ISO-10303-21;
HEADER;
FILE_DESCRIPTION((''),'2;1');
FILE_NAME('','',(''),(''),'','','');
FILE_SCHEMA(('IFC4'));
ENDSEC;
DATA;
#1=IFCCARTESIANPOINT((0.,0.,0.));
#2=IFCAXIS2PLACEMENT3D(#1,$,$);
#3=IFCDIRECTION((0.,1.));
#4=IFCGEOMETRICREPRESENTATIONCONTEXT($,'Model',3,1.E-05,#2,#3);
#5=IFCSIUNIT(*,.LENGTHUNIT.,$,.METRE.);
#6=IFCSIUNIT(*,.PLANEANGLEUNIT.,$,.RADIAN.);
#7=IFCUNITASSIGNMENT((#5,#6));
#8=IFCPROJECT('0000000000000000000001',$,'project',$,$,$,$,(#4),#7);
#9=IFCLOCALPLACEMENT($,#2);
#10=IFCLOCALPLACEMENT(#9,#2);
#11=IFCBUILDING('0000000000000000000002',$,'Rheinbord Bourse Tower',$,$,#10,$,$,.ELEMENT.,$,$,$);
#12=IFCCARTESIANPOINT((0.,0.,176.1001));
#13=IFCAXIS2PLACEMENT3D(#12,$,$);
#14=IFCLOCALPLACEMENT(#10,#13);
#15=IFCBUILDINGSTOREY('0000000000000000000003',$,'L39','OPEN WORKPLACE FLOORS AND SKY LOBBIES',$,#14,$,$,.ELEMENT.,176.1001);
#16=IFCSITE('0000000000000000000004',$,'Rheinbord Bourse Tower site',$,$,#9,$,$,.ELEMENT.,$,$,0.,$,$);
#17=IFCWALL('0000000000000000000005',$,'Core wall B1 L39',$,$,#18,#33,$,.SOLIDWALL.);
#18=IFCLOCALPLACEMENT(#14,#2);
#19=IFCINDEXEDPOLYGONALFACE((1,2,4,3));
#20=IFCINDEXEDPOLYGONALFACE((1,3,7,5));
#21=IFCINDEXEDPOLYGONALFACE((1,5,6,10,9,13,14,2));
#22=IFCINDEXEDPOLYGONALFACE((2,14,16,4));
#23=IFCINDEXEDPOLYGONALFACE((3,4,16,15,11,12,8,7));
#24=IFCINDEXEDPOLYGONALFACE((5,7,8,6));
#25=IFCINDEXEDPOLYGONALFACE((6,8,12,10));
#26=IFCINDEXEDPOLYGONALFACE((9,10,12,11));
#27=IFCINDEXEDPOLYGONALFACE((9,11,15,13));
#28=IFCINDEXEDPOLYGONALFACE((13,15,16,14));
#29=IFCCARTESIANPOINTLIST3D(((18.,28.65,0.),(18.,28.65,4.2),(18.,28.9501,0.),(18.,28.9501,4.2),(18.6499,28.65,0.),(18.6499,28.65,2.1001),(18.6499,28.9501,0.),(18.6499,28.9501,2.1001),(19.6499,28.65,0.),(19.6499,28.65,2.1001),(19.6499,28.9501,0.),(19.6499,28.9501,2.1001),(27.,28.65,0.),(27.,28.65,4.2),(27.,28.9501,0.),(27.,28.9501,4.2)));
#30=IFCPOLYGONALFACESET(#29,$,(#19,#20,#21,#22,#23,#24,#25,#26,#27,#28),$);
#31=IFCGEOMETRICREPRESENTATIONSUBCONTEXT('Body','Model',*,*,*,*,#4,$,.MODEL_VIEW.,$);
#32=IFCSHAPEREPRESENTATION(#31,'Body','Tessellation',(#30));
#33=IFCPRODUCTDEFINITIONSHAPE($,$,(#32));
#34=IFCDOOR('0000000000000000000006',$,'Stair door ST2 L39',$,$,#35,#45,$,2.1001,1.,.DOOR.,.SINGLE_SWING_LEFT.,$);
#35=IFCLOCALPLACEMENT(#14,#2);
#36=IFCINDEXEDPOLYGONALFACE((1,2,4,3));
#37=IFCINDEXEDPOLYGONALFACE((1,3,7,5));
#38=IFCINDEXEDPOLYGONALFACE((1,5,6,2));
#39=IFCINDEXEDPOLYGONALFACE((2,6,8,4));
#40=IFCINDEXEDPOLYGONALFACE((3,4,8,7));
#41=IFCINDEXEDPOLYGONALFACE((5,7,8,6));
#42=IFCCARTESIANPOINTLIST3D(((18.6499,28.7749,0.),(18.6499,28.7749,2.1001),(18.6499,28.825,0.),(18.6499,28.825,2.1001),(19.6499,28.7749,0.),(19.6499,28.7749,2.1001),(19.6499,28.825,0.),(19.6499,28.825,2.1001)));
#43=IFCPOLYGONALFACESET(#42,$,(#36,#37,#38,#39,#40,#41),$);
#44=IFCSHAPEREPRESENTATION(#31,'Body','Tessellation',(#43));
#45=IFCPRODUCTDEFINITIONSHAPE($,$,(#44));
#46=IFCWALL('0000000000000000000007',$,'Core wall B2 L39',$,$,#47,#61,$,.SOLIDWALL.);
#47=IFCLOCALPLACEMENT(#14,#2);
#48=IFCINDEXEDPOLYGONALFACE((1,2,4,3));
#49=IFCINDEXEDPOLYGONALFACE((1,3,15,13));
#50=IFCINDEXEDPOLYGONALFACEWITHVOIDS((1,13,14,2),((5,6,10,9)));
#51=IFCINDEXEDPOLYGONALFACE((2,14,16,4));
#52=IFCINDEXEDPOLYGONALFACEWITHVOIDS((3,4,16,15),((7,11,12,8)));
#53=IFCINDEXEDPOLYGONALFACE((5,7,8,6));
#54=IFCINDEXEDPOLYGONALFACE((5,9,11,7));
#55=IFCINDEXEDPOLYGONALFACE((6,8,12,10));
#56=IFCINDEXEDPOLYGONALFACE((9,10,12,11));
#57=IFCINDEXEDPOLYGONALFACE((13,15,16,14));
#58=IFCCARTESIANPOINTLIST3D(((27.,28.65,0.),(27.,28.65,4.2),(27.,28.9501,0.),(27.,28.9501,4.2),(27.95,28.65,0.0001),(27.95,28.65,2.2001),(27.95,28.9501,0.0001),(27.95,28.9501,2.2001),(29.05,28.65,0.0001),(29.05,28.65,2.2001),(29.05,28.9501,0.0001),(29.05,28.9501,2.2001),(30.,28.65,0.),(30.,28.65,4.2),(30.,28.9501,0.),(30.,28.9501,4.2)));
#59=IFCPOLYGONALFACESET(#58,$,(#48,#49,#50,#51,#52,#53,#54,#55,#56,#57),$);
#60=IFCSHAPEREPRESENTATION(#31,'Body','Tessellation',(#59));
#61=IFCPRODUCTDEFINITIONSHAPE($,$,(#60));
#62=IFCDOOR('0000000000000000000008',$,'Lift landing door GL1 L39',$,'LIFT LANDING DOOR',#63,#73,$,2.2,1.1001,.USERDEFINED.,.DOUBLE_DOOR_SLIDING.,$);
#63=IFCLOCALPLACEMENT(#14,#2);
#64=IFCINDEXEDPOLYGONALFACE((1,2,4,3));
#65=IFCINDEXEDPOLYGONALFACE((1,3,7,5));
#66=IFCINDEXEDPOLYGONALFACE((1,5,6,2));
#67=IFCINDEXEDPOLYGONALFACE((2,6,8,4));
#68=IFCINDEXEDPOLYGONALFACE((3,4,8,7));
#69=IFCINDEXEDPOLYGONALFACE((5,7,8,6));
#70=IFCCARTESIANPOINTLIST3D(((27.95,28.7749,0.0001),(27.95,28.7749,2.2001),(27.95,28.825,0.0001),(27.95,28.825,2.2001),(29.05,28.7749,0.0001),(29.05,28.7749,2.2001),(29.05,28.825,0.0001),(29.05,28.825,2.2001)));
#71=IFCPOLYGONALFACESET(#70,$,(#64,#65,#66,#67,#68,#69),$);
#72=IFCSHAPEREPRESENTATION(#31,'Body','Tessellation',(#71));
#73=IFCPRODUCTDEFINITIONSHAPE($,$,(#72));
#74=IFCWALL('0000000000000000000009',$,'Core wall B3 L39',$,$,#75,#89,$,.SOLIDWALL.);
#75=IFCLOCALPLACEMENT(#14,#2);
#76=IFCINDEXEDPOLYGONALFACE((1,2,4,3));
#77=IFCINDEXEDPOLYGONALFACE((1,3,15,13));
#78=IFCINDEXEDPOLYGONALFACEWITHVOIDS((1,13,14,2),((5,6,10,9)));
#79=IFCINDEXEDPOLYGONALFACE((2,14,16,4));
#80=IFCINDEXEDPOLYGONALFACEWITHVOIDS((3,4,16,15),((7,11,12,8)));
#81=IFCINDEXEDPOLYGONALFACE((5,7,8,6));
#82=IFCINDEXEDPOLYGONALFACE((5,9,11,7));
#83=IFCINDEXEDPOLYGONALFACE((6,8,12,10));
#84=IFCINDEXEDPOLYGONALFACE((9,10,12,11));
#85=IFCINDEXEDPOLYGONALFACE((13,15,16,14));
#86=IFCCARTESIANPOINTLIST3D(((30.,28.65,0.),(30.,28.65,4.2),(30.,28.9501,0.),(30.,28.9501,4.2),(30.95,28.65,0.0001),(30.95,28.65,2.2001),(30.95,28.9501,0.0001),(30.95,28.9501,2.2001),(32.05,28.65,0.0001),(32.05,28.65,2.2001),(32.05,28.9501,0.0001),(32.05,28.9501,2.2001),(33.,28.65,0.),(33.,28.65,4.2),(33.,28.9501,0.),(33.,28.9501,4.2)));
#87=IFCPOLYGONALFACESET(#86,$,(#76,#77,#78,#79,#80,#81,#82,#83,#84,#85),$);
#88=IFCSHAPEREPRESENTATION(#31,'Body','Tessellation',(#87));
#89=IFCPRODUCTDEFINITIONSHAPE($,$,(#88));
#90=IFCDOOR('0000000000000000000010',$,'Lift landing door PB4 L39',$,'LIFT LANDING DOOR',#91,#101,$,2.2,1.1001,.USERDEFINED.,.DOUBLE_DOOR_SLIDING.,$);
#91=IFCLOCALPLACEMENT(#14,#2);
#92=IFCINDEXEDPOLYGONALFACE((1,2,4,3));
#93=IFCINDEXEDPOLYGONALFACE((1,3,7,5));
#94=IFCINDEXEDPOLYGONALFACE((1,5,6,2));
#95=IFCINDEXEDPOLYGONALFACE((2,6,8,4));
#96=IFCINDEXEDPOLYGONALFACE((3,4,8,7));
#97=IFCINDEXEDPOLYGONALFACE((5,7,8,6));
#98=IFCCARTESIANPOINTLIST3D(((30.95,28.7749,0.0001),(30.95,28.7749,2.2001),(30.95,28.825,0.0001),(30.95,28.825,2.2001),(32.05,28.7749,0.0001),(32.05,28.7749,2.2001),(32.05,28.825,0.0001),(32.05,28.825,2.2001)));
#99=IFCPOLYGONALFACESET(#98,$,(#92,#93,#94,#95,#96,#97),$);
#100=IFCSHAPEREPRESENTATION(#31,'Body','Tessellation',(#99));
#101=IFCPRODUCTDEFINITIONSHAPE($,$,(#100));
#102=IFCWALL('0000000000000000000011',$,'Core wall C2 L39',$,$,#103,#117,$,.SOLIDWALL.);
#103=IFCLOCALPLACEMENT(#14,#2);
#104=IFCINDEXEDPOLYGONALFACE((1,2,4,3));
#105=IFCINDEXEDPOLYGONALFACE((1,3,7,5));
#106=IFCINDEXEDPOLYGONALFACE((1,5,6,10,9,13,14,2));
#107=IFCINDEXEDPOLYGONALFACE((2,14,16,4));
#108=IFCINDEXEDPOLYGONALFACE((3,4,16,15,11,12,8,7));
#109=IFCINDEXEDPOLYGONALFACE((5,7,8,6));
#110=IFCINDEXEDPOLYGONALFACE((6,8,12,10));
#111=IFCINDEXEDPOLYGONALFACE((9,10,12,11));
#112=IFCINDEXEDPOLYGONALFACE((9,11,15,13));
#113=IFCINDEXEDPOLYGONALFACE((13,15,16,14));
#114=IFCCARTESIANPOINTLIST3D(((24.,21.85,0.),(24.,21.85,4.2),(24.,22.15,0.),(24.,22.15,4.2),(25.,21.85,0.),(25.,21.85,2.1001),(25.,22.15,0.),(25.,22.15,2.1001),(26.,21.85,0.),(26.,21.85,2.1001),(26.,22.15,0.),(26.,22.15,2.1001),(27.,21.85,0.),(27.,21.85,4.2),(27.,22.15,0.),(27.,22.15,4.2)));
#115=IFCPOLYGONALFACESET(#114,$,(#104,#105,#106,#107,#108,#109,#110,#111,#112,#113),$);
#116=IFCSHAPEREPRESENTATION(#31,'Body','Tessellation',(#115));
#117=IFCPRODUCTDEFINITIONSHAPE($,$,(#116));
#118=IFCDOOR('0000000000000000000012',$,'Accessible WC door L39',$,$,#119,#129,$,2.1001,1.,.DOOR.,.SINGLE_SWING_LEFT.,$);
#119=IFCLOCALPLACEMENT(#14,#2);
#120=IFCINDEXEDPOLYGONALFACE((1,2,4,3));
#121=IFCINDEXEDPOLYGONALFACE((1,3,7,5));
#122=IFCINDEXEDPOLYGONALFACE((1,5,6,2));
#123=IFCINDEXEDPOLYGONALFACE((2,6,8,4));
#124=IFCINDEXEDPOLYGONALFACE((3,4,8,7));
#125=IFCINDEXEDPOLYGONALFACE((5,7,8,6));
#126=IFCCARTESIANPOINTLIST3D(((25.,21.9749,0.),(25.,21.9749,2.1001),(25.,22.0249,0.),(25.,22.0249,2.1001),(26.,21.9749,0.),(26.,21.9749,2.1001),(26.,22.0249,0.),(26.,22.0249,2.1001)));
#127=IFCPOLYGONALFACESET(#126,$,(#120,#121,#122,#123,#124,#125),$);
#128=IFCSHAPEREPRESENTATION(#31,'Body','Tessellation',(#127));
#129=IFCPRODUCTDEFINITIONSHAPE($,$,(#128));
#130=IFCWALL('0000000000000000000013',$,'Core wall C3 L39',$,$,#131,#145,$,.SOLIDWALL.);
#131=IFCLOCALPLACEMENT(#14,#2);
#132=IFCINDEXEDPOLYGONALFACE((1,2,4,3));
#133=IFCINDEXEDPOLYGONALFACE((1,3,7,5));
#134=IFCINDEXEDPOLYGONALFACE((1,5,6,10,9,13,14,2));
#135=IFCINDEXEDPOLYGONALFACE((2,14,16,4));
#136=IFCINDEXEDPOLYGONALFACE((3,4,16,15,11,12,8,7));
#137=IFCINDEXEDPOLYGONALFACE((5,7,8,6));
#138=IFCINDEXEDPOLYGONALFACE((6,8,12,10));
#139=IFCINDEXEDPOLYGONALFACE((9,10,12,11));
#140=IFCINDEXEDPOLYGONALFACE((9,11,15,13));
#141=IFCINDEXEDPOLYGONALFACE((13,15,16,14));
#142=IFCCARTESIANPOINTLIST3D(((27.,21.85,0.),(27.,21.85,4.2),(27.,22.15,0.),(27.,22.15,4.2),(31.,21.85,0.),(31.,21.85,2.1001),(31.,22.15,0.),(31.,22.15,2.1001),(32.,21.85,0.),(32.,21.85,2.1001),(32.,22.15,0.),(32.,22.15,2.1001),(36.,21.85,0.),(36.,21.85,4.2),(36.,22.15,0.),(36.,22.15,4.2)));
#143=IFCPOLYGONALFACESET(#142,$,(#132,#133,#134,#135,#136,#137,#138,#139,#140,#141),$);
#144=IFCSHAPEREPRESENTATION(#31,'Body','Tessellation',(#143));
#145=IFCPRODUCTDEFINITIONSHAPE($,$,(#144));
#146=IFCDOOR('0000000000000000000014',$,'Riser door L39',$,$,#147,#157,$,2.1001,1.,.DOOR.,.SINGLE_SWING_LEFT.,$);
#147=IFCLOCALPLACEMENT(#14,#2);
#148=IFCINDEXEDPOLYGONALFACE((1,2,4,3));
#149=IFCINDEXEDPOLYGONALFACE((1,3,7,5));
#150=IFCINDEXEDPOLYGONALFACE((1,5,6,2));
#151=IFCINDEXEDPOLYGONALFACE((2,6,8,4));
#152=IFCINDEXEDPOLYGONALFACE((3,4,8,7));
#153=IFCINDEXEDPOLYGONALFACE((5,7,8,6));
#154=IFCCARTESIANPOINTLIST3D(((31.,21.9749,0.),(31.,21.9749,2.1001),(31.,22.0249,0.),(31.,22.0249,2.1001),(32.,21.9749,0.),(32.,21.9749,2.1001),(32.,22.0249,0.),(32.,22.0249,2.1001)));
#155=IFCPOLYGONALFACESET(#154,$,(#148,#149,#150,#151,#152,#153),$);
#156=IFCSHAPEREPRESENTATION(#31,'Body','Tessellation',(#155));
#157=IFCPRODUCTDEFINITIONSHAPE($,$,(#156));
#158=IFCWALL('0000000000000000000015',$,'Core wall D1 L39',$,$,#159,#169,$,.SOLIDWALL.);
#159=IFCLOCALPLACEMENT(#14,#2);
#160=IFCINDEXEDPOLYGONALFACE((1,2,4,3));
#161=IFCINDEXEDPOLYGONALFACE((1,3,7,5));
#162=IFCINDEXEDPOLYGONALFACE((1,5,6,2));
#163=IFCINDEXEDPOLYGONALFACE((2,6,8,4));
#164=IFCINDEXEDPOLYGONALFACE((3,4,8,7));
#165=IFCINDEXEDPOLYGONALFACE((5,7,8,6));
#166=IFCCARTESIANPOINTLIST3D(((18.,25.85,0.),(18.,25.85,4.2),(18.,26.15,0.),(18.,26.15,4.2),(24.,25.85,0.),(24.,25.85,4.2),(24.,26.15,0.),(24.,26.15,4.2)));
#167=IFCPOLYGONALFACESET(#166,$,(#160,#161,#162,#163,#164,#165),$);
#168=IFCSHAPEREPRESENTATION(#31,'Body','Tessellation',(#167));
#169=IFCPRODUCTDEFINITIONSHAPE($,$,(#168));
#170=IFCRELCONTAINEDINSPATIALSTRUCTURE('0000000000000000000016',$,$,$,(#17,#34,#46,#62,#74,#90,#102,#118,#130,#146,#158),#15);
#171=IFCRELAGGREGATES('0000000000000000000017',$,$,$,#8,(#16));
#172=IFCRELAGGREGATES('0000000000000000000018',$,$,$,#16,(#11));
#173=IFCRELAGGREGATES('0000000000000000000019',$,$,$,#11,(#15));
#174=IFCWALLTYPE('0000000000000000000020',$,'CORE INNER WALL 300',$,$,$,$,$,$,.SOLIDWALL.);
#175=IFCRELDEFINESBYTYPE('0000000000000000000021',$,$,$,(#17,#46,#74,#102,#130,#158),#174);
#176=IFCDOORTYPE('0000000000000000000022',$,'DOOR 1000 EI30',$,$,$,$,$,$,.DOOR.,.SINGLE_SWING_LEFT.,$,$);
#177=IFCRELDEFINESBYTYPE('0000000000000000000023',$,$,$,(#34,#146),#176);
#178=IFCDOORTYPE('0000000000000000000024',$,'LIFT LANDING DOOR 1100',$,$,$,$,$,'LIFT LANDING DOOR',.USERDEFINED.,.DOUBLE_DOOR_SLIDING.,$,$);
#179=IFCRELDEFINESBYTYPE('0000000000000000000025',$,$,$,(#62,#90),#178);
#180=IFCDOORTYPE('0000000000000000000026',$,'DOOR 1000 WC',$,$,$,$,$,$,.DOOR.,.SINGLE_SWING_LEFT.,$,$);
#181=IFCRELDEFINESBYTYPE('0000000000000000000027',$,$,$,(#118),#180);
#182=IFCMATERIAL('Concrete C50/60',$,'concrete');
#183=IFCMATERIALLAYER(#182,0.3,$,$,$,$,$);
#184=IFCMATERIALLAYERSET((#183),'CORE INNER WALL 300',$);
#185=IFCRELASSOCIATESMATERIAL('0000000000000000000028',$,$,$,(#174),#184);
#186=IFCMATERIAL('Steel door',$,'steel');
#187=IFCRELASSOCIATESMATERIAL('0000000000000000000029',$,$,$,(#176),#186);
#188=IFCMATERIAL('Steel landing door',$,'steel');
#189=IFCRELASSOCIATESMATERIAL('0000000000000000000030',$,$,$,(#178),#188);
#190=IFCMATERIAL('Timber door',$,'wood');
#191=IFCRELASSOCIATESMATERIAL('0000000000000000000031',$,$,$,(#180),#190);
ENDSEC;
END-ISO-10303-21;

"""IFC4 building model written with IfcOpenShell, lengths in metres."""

from ifc_helpers import new_model, si_unit, direction, frame, frame_2d, origin, place, context, subcontext, project, spatial, rectangle, extrude, material, layer, layer_set, type_object, element, fill, save


model = new_model("IFC4")

# Units and contexts
model_context = context("Model", 3, precision=1e-05, world=origin(), true_north=direction((0.0, 1.0)))
body_context = subcontext(model_context, "Body", "Model", "MODEL_VIEW")
ifc_project = project(units=[si_unit("LENGTHUNIT", "METRE"), si_unit("PLANEANGLEUNIT", "RADIAN")], contexts=[model_context])

# Site, building, storey
site_placement = place(None, origin())
site = spatial("IfcSite", under=ifc_project, at=site_placement, Name="Rheinbord Bourse Tower site", CompositionType="ELEMENT", RefElevation=0.0)
building_placement = place(site_placement, origin())
building = spatial("IfcBuilding", under=site, at=building_placement, Name="Rheinbord Bourse Tower", CompositionType="ELEMENT")
storey_placement = place(building_placement, frame((0.0, 0.0, 176.1001)))
storey = spatial("IfcBuildingStorey", under=building, at=storey_placement, Name="L39", Description="OPEN WORKPLACE FLOORS AND SKY LOBBIES", CompositionType="ELEMENT", Elevation=176.1001)

# Walls, openings, doors
ifc_material_1 = material(Name="Concrete C50/60", Category="concrete")
ifc_layer_1 = layer(ifc_material_1, 0.3)
ifc_layer_set_1 = layer_set([ifc_layer_1], Name="CORE INNER WALL 300")
wall_type_1 = type_object("IfcWallType", Name="CORE INNER WALL 300", PredefinedType="SOLIDWALL", material=ifc_layer_set_1)
wall_1_placement = place(storey_placement, frame((18.0, 28.8, 0.0), z_axis=(0.0, 0.0, 1.0), x_axis=(1.0, 0.0, 0.0)))
wall_1 = element("IfcWall", 1, at=wall_1_placement, inside=storey, type_object=wall_type_1, Name="Core wall B1 L39", PredefinedType="SOLIDWALL", context=body_context, shape_type="SweptSolid", body=[
    extrude(rectangle(XDim=9.0, YDim=0.3, at=frame_2d((4.5, 0.0))), origin(), (0.0, 0.0, 1.0), 4.2),
])
opening_1_placement = place(wall_1_placement, frame((0.6499, 0.0, 0.0)))
opening_1 = element("IfcOpeningElement", 2, at=opening_1_placement, cuts=wall_1, PredefinedType="OPENING", context=body_context, shape_type="SweptSolid", body=[
    extrude(rectangle(XDim=1.0, YDim=2.1001, at=frame_2d((0.5, 1.05))), frame((0.0, 0.1599, 0.0), z_axis=(0.0, -1.0, 0.0), x_axis=(1.0, 0.0, 0.0)), (0.0, 0.0, 1.0), 0.3201),
])
ifc_material_2 = material(Name="Steel door", Category="steel")
door_type_1 = type_object("IfcDoorType", Name="DOOR 1000 EI30", OperationType="SINGLE_SWING_LEFT", PredefinedType="DOOR", material=ifc_material_2)
door_1_placement = place(opening_1_placement, origin())
door_1 = element("IfcDoor", 3, at=door_1_placement, inside=storey, type_object=door_type_1, Name="Stair door ST2 L39", OperationType="SINGLE_SWING_LEFT", OverallHeight=2.1001, OverallWidth=1.0, PredefinedType="DOOR", context=body_context, shape_type="SweptSolid", body=[
    extrude(rectangle(XDim=1.0, YDim=2.1001, at=frame_2d((0.5, 1.05))), frame((0.0, 0.0249, 0.0), z_axis=(0.0, -1.0, 0.0), x_axis=(1.0, 0.0, 0.0)), (0.0, 0.0, 1.0), 0.05),
])
fill(opening_1, door_1)
wall_2_placement = place(storey_placement, frame((27.0, 28.8, 0.0), z_axis=(0.0, 0.0, 1.0), x_axis=(1.0, 0.0, 0.0)))
wall_2 = element("IfcWall", 4, at=wall_2_placement, inside=storey, type_object=wall_type_1, Name="Core wall B2 L39", PredefinedType="SOLIDWALL", context=body_context, shape_type="SweptSolid", body=[
    extrude(rectangle(XDim=3.0, YDim=0.3, at=frame_2d((1.5, 0.0))), origin(), (0.0, 0.0, 1.0), 4.2),
])
opening_2_placement = place(wall_2_placement, frame((0.95, 0.0, 0.0)))
opening_2 = element("IfcOpeningElement", 5, at=opening_2_placement, cuts=wall_2, PredefinedType="OPENING", context=body_context, shape_type="SweptSolid", body=[
    extrude(rectangle(XDim=1.1001, YDim=2.2, at=frame_2d((0.55, 1.1001))), frame((0.0, 0.1599, 0.0), z_axis=(0.0, -1.0, 0.0), x_axis=(1.0, 0.0, 0.0)), (0.0, 0.0, 1.0), 0.3201),
])
ifc_material_3 = material(Name="Steel landing door", Category="steel")
door_type_2 = type_object("IfcDoorType", Name="LIFT LANDING DOOR 1100", ElementType="LIFT LANDING DOOR", OperationType="DOUBLE_DOOR_SLIDING", PredefinedType="USERDEFINED", material=ifc_material_3)
door_2_placement = place(opening_2_placement, origin())
door_2 = element("IfcDoor", 6, at=door_2_placement, inside=storey, type_object=door_type_2, Name="Lift landing door GL1 L39", ObjectType="LIFT LANDING DOOR", OperationType="DOUBLE_DOOR_SLIDING", OverallHeight=2.2, OverallWidth=1.1001, PredefinedType="USERDEFINED", context=body_context, shape_type="SweptSolid", body=[
    extrude(rectangle(XDim=1.1001, YDim=2.2, at=frame_2d((0.55, 1.1001))), frame((0.0, 0.0249, 0.0), z_axis=(0.0, -1.0, 0.0), x_axis=(1.0, 0.0, 0.0)), (0.0, 0.0, 1.0), 0.05),
])
fill(opening_2, door_2)
wall_3_placement = place(storey_placement, frame((30.0, 28.8, 0.0), z_axis=(0.0, 0.0, 1.0), x_axis=(1.0, 0.0, 0.0)))
wall_3 = element("IfcWall", 7, at=wall_3_placement, inside=storey, type_object=wall_type_1, Name="Core wall B3 L39", PredefinedType="SOLIDWALL", context=body_context, shape_type="SweptSolid", body=[
    extrude(rectangle(XDim=3.0, YDim=0.3, at=frame_2d((1.5, 0.0))), origin(), (0.0, 0.0, 1.0), 4.2),
])
opening_3_placement = place(wall_3_placement, frame((0.95, 0.0, 0.0)))
opening_3 = element("IfcOpeningElement", 8, at=opening_3_placement, cuts=wall_3, PredefinedType="OPENING", context=body_context, shape_type="SweptSolid", body=[
    extrude(rectangle(XDim=1.1001, YDim=2.2, at=frame_2d((0.55, 1.1001))), frame((0.0, 0.1599, 0.0), z_axis=(0.0, -1.0, 0.0), x_axis=(1.0, 0.0, 0.0)), (0.0, 0.0, 1.0), 0.3201),
])
door_3_placement = place(opening_3_placement, origin())
door_3 = element("IfcDoor", 9, at=door_3_placement, inside=storey, type_object=door_type_2, Name="Lift landing door PB4 L39", ObjectType="LIFT LANDING DOOR", OperationType="DOUBLE_DOOR_SLIDING", OverallHeight=2.2, OverallWidth=1.1001, PredefinedType="USERDEFINED", context=body_context, shape_type="SweptSolid", body=[
    extrude(rectangle(XDim=1.1001, YDim=2.2, at=frame_2d((0.55, 1.1001))), frame((0.0, 0.0249, 0.0), z_axis=(0.0, -1.0, 0.0), x_axis=(1.0, 0.0, 0.0)), (0.0, 0.0, 1.0), 0.05),
])
fill(opening_3, door_3)
wall_4_placement = place(storey_placement, frame((24.0, 22.0, 0.0), z_axis=(0.0, 0.0, 1.0), x_axis=(1.0, 0.0, 0.0)))
wall_4 = element("IfcWall", 10, at=wall_4_placement, inside=storey, type_object=wall_type_1, Name="Core wall C2 L39", PredefinedType="SOLIDWALL", context=body_context, shape_type="SweptSolid", body=[
    extrude(rectangle(XDim=3.0, YDim=0.3, at=frame_2d((1.5, 0.0))), origin(), (0.0, 0.0, 1.0), 4.2),
])
opening_4_placement = place(wall_4_placement, frame((1.0, 0.0, 0.0)))
opening_4 = element("IfcOpeningElement", 11, at=opening_4_placement, cuts=wall_4, PredefinedType="OPENING", context=body_context, shape_type="SweptSolid", body=[
    extrude(rectangle(XDim=1.0, YDim=2.1001, at=frame_2d((0.5, 1.05))), frame((0.0, 0.1599, 0.0), z_axis=(0.0, -1.0, 0.0), x_axis=(1.0, 0.0, 0.0)), (0.0, 0.0, 1.0), 0.3201),
])
ifc_material_4 = material(Name="Timber door", Category="wood")
door_type_3 = type_object("IfcDoorType", Name="DOOR 1000 WC", OperationType="SINGLE_SWING_LEFT", PredefinedType="DOOR", material=ifc_material_4)
door_4_placement = place(opening_4_placement, origin())
door_4 = element("IfcDoor", 12, at=door_4_placement, inside=storey, type_object=door_type_3, Name="Accessible WC door L39", OperationType="SINGLE_SWING_LEFT", OverallHeight=2.1001, OverallWidth=1.0, PredefinedType="DOOR", context=body_context, shape_type="SweptSolid", body=[
    extrude(rectangle(XDim=1.0, YDim=2.1001, at=frame_2d((0.5, 1.05))), frame((0.0, 0.0249, 0.0), z_axis=(0.0, -1.0, 0.0), x_axis=(1.0, 0.0, 0.0)), (0.0, 0.0, 1.0), 0.05),
])
fill(opening_4, door_4)
wall_5_placement = place(storey_placement, frame((27.0, 22.0, 0.0), z_axis=(0.0, 0.0, 1.0), x_axis=(1.0, 0.0, 0.0)))
wall_5 = element("IfcWall", 13, at=wall_5_placement, inside=storey, type_object=wall_type_1, Name="Core wall C3 L39", PredefinedType="SOLIDWALL", context=body_context, shape_type="SweptSolid", body=[
    extrude(rectangle(XDim=9.0, YDim=0.3, at=frame_2d((4.5, 0.0))), origin(), (0.0, 0.0, 1.0), 4.2),
])
opening_5_placement = place(wall_5_placement, frame((4.0, 0.0, 0.0)))
opening_5 = element("IfcOpeningElement", 14, at=opening_5_placement, cuts=wall_5, PredefinedType="OPENING", context=body_context, shape_type="SweptSolid", body=[
    extrude(rectangle(XDim=1.0, YDim=2.1001, at=frame_2d((0.5, 1.05))), frame((0.0, 0.1599, 0.0), z_axis=(0.0, -1.0, 0.0), x_axis=(1.0, 0.0, 0.0)), (0.0, 0.0, 1.0), 0.3201),
])
door_5_placement = place(opening_5_placement, origin())
door_5 = element("IfcDoor", 15, at=door_5_placement, inside=storey, type_object=door_type_1, Name="Riser door L39", OperationType="SINGLE_SWING_LEFT", OverallHeight=2.1001, OverallWidth=1.0, PredefinedType="DOOR", context=body_context, shape_type="SweptSolid", body=[
    extrude(rectangle(XDim=1.0, YDim=2.1001, at=frame_2d((0.5, 1.05))), frame((0.0, 0.0249, 0.0), z_axis=(0.0, -1.0, 0.0), x_axis=(1.0, 0.0, 0.0)), (0.0, 0.0, 1.0), 0.05),
])
fill(opening_5, door_5)

# Wall
wall_6_placement = place(storey_placement, frame((18.0, 26.0, 0.0), z_axis=(0.0, 0.0, 1.0), x_axis=(1.0, 0.0, 0.0)))
element("IfcWall", 16, at=wall_6_placement, inside=storey, type_object=wall_type_1, Name="Core wall D1 L39", PredefinedType="SOLIDWALL", context=body_context, shape_type="SweptSolid", body=[
    extrude(rectangle(XDim=6.0, YDim=0.3, at=frame_2d((3.0, 0.0))), origin(), (0.0, 0.0, 1.0), 4.2),
])

save(model, "model.ifc")
